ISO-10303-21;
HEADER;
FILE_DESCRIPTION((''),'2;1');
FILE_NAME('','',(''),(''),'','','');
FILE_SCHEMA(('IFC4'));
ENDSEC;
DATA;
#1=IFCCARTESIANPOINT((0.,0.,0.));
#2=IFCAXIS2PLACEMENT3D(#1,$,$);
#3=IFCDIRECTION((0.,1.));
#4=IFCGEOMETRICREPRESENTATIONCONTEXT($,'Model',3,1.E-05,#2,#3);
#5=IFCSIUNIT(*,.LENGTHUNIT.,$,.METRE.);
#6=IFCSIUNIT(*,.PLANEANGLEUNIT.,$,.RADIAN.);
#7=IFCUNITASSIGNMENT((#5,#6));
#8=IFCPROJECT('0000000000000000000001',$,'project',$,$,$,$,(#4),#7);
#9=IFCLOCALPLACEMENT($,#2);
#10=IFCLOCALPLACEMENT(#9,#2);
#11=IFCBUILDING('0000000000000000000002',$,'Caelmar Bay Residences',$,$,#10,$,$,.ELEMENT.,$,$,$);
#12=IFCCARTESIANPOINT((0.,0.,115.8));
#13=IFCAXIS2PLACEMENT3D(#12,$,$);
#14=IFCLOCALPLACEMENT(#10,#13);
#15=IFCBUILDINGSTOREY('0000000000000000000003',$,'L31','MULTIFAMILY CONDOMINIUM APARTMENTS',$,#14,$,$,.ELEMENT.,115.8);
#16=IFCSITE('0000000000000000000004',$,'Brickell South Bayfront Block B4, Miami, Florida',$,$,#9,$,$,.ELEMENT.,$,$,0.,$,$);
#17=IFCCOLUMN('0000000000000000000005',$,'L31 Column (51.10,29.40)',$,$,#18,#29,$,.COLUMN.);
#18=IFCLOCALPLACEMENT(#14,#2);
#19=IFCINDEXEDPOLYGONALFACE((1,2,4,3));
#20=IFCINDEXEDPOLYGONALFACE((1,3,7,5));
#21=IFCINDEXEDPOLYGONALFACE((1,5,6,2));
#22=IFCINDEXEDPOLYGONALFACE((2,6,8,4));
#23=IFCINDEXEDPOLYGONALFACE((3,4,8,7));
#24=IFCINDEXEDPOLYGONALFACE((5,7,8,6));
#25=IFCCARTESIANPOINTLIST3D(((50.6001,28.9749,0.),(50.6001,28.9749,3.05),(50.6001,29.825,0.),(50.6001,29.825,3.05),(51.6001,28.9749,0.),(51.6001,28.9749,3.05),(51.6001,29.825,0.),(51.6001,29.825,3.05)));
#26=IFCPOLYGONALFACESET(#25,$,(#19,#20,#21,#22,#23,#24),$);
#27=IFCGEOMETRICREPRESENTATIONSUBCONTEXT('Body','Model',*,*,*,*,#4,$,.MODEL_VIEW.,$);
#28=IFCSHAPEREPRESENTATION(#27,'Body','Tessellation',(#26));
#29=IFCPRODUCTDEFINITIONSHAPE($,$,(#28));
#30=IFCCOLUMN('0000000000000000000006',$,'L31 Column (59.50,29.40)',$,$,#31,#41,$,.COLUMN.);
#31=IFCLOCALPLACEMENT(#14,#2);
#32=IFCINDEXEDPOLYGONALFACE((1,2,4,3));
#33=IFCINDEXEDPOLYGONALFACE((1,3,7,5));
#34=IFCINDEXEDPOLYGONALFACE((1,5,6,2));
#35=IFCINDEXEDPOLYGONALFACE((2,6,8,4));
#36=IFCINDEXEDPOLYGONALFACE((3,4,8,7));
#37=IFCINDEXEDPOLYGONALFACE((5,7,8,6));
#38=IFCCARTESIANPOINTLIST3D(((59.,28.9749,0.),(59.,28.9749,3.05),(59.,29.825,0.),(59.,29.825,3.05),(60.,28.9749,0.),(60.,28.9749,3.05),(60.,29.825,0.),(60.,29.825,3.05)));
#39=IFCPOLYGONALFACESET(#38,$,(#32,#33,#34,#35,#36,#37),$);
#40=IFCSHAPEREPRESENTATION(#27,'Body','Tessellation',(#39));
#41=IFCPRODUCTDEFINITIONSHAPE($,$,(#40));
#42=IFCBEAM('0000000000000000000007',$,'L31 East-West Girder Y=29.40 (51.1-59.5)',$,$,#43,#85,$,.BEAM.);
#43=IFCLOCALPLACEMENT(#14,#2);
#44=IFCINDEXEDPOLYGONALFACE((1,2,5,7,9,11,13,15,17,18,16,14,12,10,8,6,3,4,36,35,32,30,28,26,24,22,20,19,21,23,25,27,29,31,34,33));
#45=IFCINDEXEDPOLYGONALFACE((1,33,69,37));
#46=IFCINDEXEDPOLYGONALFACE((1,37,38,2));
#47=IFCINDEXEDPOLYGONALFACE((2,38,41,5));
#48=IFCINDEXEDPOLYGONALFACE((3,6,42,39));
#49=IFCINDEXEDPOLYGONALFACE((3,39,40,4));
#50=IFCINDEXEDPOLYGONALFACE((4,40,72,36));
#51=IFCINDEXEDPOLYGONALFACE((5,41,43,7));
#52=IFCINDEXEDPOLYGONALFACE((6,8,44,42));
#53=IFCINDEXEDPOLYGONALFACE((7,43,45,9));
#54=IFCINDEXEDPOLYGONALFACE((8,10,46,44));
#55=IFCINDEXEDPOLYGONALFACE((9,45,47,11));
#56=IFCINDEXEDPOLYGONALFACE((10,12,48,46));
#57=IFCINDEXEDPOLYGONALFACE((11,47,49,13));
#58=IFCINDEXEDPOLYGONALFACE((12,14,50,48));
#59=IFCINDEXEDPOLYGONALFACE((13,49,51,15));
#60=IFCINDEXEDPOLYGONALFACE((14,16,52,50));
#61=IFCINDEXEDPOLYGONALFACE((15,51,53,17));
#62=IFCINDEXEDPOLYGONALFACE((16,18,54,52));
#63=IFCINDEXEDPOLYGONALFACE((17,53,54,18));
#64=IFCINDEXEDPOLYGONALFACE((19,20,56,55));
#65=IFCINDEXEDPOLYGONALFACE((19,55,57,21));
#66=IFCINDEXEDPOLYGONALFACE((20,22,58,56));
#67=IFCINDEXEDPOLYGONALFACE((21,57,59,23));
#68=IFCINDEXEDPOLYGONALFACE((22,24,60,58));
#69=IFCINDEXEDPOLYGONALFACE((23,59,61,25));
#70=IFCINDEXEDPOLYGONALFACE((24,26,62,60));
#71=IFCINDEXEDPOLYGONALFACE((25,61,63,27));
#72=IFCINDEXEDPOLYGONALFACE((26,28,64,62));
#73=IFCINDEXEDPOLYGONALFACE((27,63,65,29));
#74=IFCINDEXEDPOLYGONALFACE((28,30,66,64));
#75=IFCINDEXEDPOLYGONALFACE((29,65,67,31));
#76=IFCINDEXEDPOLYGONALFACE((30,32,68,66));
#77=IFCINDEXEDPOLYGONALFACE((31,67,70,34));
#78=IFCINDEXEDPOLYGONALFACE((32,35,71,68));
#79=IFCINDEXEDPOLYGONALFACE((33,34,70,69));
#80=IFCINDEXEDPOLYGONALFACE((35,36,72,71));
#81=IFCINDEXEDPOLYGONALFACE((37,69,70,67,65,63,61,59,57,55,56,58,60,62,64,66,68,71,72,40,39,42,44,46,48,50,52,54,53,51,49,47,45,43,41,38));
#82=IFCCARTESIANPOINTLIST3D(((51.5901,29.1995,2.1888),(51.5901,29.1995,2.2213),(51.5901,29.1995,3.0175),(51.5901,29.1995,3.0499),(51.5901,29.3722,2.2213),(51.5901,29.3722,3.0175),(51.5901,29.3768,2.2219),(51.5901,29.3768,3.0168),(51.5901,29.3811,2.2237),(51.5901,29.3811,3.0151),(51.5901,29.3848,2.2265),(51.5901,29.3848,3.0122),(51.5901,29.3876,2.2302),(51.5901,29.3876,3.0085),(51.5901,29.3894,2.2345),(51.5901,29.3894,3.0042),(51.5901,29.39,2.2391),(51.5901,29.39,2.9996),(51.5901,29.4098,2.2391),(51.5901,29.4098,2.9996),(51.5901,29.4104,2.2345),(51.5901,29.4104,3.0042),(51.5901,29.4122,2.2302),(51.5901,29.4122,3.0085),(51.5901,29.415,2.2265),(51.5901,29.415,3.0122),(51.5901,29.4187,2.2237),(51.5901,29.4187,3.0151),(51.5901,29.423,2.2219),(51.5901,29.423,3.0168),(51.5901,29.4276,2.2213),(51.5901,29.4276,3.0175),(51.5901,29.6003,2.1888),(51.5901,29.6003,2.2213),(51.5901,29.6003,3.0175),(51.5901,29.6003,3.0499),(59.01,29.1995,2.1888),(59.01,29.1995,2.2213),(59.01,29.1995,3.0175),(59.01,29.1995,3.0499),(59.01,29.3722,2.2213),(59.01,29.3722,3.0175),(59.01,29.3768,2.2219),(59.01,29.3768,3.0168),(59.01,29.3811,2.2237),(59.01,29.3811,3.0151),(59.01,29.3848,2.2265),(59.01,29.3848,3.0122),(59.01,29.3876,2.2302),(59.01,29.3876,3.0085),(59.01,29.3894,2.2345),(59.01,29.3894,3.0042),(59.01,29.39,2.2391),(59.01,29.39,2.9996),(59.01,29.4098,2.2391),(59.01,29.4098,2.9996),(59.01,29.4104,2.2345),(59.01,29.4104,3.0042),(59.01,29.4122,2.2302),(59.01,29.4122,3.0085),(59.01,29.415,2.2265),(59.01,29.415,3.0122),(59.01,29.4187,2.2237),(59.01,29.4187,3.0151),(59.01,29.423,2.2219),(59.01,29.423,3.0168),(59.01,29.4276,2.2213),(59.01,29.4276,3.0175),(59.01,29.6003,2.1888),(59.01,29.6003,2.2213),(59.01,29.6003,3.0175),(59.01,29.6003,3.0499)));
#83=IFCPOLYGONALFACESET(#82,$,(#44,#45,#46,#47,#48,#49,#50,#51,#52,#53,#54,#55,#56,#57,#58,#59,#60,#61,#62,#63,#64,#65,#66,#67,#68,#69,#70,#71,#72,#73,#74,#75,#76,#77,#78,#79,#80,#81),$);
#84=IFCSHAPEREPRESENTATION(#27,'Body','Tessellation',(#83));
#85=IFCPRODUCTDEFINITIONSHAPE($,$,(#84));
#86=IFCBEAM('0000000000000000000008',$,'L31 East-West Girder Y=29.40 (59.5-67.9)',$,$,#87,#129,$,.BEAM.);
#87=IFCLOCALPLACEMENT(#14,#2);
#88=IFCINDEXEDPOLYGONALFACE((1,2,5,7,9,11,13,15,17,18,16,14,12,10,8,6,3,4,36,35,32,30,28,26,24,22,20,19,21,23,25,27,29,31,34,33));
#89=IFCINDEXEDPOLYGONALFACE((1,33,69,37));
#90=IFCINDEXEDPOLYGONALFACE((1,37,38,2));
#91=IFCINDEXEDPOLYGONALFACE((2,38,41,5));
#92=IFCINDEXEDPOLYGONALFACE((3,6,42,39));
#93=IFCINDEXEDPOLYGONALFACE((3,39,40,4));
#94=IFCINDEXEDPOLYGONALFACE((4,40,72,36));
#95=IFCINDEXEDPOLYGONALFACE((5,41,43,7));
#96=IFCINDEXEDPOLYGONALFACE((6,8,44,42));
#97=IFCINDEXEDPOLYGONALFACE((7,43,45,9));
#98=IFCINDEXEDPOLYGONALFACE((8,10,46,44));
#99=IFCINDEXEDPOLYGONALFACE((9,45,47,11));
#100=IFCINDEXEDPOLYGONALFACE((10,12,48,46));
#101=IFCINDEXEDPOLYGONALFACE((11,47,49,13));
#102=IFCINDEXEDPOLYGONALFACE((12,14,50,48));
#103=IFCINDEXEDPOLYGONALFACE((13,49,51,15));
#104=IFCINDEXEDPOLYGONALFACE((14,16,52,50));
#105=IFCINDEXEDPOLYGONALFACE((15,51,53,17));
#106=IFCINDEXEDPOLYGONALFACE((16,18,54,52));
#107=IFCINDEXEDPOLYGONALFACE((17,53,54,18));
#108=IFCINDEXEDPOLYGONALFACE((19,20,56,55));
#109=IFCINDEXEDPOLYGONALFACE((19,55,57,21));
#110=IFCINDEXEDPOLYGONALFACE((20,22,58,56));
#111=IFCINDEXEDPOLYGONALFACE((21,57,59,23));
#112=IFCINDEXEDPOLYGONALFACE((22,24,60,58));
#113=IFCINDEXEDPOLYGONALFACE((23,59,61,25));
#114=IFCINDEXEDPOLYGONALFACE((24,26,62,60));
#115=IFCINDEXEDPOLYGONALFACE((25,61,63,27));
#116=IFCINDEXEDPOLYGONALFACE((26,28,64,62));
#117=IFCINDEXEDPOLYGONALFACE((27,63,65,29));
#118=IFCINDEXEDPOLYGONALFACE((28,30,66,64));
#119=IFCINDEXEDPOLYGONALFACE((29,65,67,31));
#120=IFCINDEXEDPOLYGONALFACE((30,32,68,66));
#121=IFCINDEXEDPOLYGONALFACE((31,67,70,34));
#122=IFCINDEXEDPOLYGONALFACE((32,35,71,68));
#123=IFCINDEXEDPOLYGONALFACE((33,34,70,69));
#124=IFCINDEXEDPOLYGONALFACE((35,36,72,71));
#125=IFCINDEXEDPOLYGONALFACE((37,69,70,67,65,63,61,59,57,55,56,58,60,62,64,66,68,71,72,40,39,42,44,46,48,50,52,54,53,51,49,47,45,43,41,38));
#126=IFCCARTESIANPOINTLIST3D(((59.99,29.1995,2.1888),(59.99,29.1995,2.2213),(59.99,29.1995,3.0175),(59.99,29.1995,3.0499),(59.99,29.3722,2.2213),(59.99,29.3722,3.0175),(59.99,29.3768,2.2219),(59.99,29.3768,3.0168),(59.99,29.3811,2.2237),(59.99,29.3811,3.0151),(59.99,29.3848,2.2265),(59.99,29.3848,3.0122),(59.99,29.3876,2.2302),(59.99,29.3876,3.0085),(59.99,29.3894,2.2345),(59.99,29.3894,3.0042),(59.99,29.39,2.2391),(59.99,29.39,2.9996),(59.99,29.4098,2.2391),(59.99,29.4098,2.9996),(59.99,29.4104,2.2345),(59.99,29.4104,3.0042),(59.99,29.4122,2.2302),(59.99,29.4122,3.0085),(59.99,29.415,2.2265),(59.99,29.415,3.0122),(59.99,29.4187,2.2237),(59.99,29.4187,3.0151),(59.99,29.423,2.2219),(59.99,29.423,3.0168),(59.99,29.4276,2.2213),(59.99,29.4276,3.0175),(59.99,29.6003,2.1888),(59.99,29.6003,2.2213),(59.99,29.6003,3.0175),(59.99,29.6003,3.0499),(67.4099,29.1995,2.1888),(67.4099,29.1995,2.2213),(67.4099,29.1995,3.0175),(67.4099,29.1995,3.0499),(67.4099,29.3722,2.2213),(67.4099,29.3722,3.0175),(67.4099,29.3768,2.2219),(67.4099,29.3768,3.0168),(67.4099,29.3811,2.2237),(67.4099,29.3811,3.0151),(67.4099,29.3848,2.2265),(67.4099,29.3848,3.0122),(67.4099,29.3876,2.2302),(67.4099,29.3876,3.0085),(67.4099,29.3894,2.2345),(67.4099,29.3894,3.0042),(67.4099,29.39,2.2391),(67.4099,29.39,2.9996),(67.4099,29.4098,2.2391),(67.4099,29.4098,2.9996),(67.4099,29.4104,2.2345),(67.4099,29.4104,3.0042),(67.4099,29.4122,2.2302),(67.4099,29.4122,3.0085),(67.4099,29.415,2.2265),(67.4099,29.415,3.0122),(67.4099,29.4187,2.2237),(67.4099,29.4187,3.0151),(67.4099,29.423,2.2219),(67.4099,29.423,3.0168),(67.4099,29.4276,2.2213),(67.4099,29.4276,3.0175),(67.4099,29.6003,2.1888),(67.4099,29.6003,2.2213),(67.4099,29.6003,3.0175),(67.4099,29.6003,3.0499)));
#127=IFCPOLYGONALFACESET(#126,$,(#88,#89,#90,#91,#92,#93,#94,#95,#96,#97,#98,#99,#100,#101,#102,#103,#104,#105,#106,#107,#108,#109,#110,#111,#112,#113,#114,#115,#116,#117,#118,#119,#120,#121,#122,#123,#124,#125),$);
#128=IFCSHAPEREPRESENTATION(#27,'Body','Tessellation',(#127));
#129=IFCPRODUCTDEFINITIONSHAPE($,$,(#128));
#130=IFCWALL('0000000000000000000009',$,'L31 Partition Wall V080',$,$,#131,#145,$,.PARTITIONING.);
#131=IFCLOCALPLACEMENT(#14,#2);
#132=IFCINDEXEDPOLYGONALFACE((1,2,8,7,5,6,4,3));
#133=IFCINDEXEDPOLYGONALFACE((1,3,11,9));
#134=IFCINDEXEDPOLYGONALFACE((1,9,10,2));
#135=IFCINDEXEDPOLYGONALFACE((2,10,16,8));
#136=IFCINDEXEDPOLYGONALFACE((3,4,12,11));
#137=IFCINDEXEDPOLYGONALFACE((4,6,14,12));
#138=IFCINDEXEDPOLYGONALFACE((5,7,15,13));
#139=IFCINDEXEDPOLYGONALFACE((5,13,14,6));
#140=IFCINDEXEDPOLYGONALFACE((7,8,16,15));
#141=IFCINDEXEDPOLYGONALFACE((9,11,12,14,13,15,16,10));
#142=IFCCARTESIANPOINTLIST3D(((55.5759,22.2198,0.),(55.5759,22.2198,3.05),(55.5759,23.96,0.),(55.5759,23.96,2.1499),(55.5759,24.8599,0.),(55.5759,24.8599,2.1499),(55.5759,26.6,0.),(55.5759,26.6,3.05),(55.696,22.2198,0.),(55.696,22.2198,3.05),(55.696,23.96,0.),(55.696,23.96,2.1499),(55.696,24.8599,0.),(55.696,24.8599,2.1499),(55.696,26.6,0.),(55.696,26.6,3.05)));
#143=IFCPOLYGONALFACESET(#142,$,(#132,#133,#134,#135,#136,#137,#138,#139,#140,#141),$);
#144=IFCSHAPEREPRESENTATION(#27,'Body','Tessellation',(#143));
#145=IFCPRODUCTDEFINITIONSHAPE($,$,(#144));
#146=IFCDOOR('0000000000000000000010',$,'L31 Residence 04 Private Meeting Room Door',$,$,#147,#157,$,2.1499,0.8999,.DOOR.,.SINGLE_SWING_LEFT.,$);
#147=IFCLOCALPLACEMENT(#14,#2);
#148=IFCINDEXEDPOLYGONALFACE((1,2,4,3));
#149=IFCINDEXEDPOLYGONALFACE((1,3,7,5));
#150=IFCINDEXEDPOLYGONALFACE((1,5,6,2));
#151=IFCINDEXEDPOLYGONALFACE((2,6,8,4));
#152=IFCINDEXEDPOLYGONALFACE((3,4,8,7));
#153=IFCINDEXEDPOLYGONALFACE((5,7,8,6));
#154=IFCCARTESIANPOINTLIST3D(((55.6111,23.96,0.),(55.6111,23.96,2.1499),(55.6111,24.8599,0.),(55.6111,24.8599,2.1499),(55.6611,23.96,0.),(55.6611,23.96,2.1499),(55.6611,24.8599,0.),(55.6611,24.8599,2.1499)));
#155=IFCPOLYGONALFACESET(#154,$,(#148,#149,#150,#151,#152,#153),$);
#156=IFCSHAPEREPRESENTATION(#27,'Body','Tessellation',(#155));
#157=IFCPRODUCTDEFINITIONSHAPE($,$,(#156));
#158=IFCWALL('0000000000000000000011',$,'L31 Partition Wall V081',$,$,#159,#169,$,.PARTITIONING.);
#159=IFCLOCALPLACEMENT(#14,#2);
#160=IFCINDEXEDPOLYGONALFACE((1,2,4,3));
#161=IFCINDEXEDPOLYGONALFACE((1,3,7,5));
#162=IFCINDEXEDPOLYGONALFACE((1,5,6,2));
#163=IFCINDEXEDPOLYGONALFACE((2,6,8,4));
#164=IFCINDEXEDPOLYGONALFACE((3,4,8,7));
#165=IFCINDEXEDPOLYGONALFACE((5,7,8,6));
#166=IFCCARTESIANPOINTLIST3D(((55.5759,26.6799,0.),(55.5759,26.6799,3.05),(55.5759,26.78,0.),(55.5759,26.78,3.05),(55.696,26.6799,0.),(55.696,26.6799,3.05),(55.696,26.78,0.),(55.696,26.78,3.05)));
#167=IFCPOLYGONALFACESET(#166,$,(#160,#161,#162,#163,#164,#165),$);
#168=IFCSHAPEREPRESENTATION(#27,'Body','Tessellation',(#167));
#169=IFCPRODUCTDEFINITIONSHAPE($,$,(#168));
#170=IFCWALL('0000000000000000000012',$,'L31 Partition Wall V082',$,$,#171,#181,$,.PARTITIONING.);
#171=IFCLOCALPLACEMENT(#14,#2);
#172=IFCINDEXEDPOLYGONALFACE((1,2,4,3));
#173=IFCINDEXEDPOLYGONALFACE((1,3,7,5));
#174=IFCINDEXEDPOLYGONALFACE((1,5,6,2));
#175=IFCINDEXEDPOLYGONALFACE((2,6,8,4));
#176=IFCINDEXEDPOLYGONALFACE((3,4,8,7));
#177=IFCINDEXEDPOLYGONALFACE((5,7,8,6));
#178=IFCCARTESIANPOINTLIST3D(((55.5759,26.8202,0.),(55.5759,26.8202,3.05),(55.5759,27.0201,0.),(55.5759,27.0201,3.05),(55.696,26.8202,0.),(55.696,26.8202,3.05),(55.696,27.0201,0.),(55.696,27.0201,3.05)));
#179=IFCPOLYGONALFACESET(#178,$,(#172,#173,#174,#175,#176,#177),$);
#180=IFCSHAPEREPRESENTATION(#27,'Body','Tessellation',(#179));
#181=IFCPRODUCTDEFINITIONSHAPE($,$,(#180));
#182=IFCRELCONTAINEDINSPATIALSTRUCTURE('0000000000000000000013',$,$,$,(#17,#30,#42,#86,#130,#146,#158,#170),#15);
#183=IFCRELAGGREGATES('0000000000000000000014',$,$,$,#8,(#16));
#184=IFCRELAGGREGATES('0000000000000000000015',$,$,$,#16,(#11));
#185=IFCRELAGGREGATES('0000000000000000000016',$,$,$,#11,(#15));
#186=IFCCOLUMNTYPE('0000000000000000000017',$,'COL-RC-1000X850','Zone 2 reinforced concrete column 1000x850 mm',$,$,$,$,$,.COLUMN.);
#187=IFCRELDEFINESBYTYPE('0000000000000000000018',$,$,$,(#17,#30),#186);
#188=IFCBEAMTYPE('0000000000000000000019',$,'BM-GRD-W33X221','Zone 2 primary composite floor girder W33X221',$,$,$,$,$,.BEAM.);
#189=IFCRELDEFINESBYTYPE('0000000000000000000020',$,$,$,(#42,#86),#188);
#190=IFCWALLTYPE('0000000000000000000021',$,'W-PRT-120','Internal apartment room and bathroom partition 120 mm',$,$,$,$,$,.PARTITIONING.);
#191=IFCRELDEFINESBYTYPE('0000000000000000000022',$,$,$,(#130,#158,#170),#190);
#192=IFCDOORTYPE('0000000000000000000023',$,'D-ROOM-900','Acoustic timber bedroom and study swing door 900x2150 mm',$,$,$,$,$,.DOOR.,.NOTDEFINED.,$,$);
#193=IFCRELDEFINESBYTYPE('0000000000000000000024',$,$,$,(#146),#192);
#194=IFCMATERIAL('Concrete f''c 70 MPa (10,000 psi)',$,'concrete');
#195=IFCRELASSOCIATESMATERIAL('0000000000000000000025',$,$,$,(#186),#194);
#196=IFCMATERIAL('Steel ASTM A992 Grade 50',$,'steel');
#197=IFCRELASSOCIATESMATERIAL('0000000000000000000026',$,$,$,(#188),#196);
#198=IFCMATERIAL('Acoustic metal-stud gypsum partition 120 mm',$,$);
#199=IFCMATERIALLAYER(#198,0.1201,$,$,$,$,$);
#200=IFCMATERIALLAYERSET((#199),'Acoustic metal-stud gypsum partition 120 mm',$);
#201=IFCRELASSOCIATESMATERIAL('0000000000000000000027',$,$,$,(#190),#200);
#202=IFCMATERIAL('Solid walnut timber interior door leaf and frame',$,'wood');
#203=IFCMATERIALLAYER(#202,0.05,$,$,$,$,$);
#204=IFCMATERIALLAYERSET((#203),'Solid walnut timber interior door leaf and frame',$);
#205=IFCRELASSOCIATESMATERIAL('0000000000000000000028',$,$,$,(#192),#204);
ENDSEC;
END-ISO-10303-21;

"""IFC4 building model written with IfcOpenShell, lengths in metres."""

from ifc_helpers import new_model, si_unit, direction, frame, frame_2d, origin, origin_2d, place, context, subcontext, project, spatial, rectangle, i_section, extrude, material, layer, layer_set, material_profile, profile_set, type_object, element, fill, save


model = new_model("IFC4")

# Units and contexts
model_context = context("Model", 3, precision=1e-05, world=origin(), true_north=direction((0.0, 1.0)))
body_context = subcontext(model_context, "Body", "Model", "MODEL_VIEW")
ifc_project = project(units=[si_unit("LENGTHUNIT", "METRE"), si_unit("PLANEANGLEUNIT", "RADIAN")], contexts=[model_context])

# Site, building, storey
site_placement = place(None, origin())
site = spatial("IfcSite", under=ifc_project, at=site_placement, Name="Brickell South Bayfront Block B4, Miami, Florida", CompositionType="ELEMENT", RefElevation=0.0)
building_placement = place(site_placement, origin())
building = spatial("IfcBuilding", under=site, at=building_placement, Name="Caelmar Bay Residences", CompositionType="ELEMENT")
storey_placement = place(building_placement, frame((0.0, 0.0, 115.8)))
storey = spatial("IfcBuildingStorey", under=building, at=storey_placement, Name="L31", Description="MULTIFAMILY CONDOMINIUM APARTMENTS", CompositionType="ELEMENT", Elevation=115.8)

# Columns
ifc_material_1 = material(Name="Concrete f'c 70 MPa (10,000 psi)", Category="concrete")
ifc_material_profile_1 = material_profile(ifc_material_1, rectangle(XDim=1.0, YDim=0.8501, at=origin_2d()), Name="RC-COL-1000X850")
ifc_profile_set_1 = profile_set([ifc_material_profile_1], Name="Concrete f'c 70 MPa (10,000 psi)")
column_type = type_object("IfcColumnType", Name="COL-RC-1000X850", Description="Zone 2 reinforced concrete column 1000x850 mm", PredefinedType="COLUMN", material=ifc_profile_set_1)
for number, where, z_axis, x_axis, name in (
    (1, (51.1001, 29.3999, 0.0), (0.0, 0.0, 1.0), (1.0, 0.0, 0.0), "L31 Column (51.10,29.40)"),
    (2, (59.5, 29.3999, 0.0), (0.0, 0.0, 1.0), (1.0, 0.0, 0.0), "L31 Column (59.50,29.40)"),
):
    element("IfcColumn", number, at=place(storey_placement, frame(where, z_axis=z_axis, x_axis=x_axis)), inside=storey, type_object=column_type, Name=name, PredefinedType="COLUMN", context=body_context, shape_type="SweptSolid", body=[
        extrude(rectangle(XDim=1.0, YDim=0.8501, at=origin_2d()), origin(), (0.0, 0.0, 1.0), 3.05),
    ])

# Beams
ifc_material_2 = material(Name="Steel ASTM A992 Grade 50", Category="steel")
ifc_material_profile_2 = material_profile(ifc_material_2, i_section(OverallWidth=0.4009, OverallDepth=0.8611, WebThickness=0.0198, FlangeThickness=0.0325, FilletRadius=0.0178, at=origin_2d()), Name="W33X221")
ifc_profile_set_2 = profile_set([ifc_material_profile_2], Name="Steel ASTM A992 Grade 50")
beam_type = type_object("IfcBeamType", Name="BM-GRD-W33X221", Description="Zone 2 primary composite floor girder W33X221", PredefinedType="BEAM", material=ifc_profile_set_2)
for number, where, z_axis, x_axis, name in (
    (3, (51.5901, 29.3999, 2.6194), (1.0, 0.0, 0.0), (0.0, 1.0, 0.0), "L31 East-West Girder Y=29.40 (51.1-59.5)"),
    (4, (59.99, 29.3999, 2.6194), (1.0, 0.0, 0.0), (0.0, 1.0, 0.0), "L31 East-West Girder Y=29.40 (59.5-67.9)"),
):
    element("IfcBeam", number, at=place(storey_placement, frame(where, z_axis=z_axis, x_axis=x_axis)), inside=storey, type_object=beam_type, Name=name, PredefinedType="BEAM", context=body_context, shape_type="SweptSolid", body=[
        extrude(i_section(OverallWidth=0.4009, OverallDepth=0.8611, WebThickness=0.0198, FlangeThickness=0.0325, FilletRadius=0.0178, at=origin_2d()), origin(), (0.0, 0.0, 1.0), 7.4199),
    ])

# Wall, opening, door
ifc_material_3 = material(Name="Acoustic metal-stud gypsum partition 120 mm")
ifc_layer_1 = layer(ifc_material_3, 0.1201)
ifc_layer_set_1 = layer_set([ifc_layer_1], Name="Acoustic metal-stud gypsum partition 120 mm")
wall_type_1 = type_object("IfcWallType", Name="W-PRT-120", Description="Internal apartment room and bathroom partition 120 mm", PredefinedType="PARTITIONING", material=ifc_layer_set_1)
wall_1_placement = place(storey_placement, frame((55.636, 22.22, 0.0), z_axis=(0.0, 0.0, 1.0), x_axis=(0.0, 1.0, 0.0)))
wall_1 = element("IfcWall", 5, at=wall_1_placement, inside=storey, type_object=wall_type_1, Name="L31 Partition Wall V080", PredefinedType="PARTITIONING", context=body_context, shape_type="SweptSolid", body=[
    extrude(rectangle(XDim=4.3801, YDim=0.1201, at=frame_2d((2.1899, 0.0))), origin(), (0.0, 0.0, 1.0), 3.05),
])
opening_1_placement = place(wall_1_placement, frame((1.74, 0.0, 0.0)))
opening_1 = element("IfcOpeningElement", 6, at=opening_1_placement, cuts=wall_1, PredefinedType="OPENING", context=body_context, shape_type="SweptSolid", body=[
    extrude(rectangle(XDim=0.8999, YDim=2.1499, at=frame_2d((0.45, 1.075))), frame((0.0, 0.0701, 0.0), z_axis=(0.0, -1.0, 0.0), x_axis=(1.0, 0.0, 0.0)), (0.0, 0.0, 1.0), 0.1401),
])
ifc_material_4 = material(Name="Solid walnut timber interior door leaf and frame", Category="wood")
ifc_layer_2 = layer(ifc_material_4, 0.05)
ifc_layer_set_2 = layer_set([ifc_layer_2], Name="Solid walnut timber interior door leaf and frame")
door_type_1 = type_object("IfcDoorType", Name="D-ROOM-900", Description="Acoustic timber bedroom and study swing door 900x2150 mm", OperationType="NOTDEFINED", PredefinedType="DOOR", material=ifc_layer_set_2)
door_1_placement = place(opening_1_placement, origin())
door_1 = element("IfcDoor", 7, at=door_1_placement, inside=storey, type_object=door_type_1, Name="L31 Residence 04 Private Meeting Room Door", OperationType="SINGLE_SWING_LEFT", OverallHeight=2.1499, OverallWidth=0.8999, PredefinedType="DOOR", context=body_context, shape_type="SweptSolid", body=[
    extrude(rectangle(XDim=0.8999, YDim=2.1499, at=frame_2d((0.45, 1.075))), frame((0.0, 0.0249, 0.0), z_axis=(0.0, -1.0, 0.0), x_axis=(1.0, 0.0, 0.0)), (0.0, 0.0, 1.0), 0.05),
])
fill(opening_1, door_1)

# Walls
wall_2_placement = place(storey_placement, frame((55.636, 26.6799, 0.0), z_axis=(0.0, 0.0, 1.0), x_axis=(0.0, 1.0, 0.0)))
element("IfcWall", 8, at=wall_2_placement, inside=storey, type_object=wall_type_1, Name="L31 Partition Wall V081", PredefinedType="PARTITIONING", context=body_context, shape_type="SweptSolid", body=[
    extrude(rectangle(XDim=0.1001, YDim=0.1201, at=frame_2d((0.05, 0.0))), origin(), (0.0, 0.0, 1.0), 3.05),
])
wall_3_placement = place(storey_placement, frame((55.636, 26.8201, 0.0), z_axis=(0.0, 0.0, 1.0), x_axis=(0.0, 1.0, 0.0)))
element("IfcWall", 9, at=wall_3_placement, inside=storey, type_object=wall_type_1, Name="L31 Partition Wall V082", PredefinedType="PARTITIONING", context=body_context, shape_type="SweptSolid", body=[
    extrude(rectangle(XDim=0.2, YDim=0.1201, at=frame_2d((0.1001, 0.0))), origin(), (0.0, 0.0, 1.0), 3.05),
])

save(model, "model.ifc")
